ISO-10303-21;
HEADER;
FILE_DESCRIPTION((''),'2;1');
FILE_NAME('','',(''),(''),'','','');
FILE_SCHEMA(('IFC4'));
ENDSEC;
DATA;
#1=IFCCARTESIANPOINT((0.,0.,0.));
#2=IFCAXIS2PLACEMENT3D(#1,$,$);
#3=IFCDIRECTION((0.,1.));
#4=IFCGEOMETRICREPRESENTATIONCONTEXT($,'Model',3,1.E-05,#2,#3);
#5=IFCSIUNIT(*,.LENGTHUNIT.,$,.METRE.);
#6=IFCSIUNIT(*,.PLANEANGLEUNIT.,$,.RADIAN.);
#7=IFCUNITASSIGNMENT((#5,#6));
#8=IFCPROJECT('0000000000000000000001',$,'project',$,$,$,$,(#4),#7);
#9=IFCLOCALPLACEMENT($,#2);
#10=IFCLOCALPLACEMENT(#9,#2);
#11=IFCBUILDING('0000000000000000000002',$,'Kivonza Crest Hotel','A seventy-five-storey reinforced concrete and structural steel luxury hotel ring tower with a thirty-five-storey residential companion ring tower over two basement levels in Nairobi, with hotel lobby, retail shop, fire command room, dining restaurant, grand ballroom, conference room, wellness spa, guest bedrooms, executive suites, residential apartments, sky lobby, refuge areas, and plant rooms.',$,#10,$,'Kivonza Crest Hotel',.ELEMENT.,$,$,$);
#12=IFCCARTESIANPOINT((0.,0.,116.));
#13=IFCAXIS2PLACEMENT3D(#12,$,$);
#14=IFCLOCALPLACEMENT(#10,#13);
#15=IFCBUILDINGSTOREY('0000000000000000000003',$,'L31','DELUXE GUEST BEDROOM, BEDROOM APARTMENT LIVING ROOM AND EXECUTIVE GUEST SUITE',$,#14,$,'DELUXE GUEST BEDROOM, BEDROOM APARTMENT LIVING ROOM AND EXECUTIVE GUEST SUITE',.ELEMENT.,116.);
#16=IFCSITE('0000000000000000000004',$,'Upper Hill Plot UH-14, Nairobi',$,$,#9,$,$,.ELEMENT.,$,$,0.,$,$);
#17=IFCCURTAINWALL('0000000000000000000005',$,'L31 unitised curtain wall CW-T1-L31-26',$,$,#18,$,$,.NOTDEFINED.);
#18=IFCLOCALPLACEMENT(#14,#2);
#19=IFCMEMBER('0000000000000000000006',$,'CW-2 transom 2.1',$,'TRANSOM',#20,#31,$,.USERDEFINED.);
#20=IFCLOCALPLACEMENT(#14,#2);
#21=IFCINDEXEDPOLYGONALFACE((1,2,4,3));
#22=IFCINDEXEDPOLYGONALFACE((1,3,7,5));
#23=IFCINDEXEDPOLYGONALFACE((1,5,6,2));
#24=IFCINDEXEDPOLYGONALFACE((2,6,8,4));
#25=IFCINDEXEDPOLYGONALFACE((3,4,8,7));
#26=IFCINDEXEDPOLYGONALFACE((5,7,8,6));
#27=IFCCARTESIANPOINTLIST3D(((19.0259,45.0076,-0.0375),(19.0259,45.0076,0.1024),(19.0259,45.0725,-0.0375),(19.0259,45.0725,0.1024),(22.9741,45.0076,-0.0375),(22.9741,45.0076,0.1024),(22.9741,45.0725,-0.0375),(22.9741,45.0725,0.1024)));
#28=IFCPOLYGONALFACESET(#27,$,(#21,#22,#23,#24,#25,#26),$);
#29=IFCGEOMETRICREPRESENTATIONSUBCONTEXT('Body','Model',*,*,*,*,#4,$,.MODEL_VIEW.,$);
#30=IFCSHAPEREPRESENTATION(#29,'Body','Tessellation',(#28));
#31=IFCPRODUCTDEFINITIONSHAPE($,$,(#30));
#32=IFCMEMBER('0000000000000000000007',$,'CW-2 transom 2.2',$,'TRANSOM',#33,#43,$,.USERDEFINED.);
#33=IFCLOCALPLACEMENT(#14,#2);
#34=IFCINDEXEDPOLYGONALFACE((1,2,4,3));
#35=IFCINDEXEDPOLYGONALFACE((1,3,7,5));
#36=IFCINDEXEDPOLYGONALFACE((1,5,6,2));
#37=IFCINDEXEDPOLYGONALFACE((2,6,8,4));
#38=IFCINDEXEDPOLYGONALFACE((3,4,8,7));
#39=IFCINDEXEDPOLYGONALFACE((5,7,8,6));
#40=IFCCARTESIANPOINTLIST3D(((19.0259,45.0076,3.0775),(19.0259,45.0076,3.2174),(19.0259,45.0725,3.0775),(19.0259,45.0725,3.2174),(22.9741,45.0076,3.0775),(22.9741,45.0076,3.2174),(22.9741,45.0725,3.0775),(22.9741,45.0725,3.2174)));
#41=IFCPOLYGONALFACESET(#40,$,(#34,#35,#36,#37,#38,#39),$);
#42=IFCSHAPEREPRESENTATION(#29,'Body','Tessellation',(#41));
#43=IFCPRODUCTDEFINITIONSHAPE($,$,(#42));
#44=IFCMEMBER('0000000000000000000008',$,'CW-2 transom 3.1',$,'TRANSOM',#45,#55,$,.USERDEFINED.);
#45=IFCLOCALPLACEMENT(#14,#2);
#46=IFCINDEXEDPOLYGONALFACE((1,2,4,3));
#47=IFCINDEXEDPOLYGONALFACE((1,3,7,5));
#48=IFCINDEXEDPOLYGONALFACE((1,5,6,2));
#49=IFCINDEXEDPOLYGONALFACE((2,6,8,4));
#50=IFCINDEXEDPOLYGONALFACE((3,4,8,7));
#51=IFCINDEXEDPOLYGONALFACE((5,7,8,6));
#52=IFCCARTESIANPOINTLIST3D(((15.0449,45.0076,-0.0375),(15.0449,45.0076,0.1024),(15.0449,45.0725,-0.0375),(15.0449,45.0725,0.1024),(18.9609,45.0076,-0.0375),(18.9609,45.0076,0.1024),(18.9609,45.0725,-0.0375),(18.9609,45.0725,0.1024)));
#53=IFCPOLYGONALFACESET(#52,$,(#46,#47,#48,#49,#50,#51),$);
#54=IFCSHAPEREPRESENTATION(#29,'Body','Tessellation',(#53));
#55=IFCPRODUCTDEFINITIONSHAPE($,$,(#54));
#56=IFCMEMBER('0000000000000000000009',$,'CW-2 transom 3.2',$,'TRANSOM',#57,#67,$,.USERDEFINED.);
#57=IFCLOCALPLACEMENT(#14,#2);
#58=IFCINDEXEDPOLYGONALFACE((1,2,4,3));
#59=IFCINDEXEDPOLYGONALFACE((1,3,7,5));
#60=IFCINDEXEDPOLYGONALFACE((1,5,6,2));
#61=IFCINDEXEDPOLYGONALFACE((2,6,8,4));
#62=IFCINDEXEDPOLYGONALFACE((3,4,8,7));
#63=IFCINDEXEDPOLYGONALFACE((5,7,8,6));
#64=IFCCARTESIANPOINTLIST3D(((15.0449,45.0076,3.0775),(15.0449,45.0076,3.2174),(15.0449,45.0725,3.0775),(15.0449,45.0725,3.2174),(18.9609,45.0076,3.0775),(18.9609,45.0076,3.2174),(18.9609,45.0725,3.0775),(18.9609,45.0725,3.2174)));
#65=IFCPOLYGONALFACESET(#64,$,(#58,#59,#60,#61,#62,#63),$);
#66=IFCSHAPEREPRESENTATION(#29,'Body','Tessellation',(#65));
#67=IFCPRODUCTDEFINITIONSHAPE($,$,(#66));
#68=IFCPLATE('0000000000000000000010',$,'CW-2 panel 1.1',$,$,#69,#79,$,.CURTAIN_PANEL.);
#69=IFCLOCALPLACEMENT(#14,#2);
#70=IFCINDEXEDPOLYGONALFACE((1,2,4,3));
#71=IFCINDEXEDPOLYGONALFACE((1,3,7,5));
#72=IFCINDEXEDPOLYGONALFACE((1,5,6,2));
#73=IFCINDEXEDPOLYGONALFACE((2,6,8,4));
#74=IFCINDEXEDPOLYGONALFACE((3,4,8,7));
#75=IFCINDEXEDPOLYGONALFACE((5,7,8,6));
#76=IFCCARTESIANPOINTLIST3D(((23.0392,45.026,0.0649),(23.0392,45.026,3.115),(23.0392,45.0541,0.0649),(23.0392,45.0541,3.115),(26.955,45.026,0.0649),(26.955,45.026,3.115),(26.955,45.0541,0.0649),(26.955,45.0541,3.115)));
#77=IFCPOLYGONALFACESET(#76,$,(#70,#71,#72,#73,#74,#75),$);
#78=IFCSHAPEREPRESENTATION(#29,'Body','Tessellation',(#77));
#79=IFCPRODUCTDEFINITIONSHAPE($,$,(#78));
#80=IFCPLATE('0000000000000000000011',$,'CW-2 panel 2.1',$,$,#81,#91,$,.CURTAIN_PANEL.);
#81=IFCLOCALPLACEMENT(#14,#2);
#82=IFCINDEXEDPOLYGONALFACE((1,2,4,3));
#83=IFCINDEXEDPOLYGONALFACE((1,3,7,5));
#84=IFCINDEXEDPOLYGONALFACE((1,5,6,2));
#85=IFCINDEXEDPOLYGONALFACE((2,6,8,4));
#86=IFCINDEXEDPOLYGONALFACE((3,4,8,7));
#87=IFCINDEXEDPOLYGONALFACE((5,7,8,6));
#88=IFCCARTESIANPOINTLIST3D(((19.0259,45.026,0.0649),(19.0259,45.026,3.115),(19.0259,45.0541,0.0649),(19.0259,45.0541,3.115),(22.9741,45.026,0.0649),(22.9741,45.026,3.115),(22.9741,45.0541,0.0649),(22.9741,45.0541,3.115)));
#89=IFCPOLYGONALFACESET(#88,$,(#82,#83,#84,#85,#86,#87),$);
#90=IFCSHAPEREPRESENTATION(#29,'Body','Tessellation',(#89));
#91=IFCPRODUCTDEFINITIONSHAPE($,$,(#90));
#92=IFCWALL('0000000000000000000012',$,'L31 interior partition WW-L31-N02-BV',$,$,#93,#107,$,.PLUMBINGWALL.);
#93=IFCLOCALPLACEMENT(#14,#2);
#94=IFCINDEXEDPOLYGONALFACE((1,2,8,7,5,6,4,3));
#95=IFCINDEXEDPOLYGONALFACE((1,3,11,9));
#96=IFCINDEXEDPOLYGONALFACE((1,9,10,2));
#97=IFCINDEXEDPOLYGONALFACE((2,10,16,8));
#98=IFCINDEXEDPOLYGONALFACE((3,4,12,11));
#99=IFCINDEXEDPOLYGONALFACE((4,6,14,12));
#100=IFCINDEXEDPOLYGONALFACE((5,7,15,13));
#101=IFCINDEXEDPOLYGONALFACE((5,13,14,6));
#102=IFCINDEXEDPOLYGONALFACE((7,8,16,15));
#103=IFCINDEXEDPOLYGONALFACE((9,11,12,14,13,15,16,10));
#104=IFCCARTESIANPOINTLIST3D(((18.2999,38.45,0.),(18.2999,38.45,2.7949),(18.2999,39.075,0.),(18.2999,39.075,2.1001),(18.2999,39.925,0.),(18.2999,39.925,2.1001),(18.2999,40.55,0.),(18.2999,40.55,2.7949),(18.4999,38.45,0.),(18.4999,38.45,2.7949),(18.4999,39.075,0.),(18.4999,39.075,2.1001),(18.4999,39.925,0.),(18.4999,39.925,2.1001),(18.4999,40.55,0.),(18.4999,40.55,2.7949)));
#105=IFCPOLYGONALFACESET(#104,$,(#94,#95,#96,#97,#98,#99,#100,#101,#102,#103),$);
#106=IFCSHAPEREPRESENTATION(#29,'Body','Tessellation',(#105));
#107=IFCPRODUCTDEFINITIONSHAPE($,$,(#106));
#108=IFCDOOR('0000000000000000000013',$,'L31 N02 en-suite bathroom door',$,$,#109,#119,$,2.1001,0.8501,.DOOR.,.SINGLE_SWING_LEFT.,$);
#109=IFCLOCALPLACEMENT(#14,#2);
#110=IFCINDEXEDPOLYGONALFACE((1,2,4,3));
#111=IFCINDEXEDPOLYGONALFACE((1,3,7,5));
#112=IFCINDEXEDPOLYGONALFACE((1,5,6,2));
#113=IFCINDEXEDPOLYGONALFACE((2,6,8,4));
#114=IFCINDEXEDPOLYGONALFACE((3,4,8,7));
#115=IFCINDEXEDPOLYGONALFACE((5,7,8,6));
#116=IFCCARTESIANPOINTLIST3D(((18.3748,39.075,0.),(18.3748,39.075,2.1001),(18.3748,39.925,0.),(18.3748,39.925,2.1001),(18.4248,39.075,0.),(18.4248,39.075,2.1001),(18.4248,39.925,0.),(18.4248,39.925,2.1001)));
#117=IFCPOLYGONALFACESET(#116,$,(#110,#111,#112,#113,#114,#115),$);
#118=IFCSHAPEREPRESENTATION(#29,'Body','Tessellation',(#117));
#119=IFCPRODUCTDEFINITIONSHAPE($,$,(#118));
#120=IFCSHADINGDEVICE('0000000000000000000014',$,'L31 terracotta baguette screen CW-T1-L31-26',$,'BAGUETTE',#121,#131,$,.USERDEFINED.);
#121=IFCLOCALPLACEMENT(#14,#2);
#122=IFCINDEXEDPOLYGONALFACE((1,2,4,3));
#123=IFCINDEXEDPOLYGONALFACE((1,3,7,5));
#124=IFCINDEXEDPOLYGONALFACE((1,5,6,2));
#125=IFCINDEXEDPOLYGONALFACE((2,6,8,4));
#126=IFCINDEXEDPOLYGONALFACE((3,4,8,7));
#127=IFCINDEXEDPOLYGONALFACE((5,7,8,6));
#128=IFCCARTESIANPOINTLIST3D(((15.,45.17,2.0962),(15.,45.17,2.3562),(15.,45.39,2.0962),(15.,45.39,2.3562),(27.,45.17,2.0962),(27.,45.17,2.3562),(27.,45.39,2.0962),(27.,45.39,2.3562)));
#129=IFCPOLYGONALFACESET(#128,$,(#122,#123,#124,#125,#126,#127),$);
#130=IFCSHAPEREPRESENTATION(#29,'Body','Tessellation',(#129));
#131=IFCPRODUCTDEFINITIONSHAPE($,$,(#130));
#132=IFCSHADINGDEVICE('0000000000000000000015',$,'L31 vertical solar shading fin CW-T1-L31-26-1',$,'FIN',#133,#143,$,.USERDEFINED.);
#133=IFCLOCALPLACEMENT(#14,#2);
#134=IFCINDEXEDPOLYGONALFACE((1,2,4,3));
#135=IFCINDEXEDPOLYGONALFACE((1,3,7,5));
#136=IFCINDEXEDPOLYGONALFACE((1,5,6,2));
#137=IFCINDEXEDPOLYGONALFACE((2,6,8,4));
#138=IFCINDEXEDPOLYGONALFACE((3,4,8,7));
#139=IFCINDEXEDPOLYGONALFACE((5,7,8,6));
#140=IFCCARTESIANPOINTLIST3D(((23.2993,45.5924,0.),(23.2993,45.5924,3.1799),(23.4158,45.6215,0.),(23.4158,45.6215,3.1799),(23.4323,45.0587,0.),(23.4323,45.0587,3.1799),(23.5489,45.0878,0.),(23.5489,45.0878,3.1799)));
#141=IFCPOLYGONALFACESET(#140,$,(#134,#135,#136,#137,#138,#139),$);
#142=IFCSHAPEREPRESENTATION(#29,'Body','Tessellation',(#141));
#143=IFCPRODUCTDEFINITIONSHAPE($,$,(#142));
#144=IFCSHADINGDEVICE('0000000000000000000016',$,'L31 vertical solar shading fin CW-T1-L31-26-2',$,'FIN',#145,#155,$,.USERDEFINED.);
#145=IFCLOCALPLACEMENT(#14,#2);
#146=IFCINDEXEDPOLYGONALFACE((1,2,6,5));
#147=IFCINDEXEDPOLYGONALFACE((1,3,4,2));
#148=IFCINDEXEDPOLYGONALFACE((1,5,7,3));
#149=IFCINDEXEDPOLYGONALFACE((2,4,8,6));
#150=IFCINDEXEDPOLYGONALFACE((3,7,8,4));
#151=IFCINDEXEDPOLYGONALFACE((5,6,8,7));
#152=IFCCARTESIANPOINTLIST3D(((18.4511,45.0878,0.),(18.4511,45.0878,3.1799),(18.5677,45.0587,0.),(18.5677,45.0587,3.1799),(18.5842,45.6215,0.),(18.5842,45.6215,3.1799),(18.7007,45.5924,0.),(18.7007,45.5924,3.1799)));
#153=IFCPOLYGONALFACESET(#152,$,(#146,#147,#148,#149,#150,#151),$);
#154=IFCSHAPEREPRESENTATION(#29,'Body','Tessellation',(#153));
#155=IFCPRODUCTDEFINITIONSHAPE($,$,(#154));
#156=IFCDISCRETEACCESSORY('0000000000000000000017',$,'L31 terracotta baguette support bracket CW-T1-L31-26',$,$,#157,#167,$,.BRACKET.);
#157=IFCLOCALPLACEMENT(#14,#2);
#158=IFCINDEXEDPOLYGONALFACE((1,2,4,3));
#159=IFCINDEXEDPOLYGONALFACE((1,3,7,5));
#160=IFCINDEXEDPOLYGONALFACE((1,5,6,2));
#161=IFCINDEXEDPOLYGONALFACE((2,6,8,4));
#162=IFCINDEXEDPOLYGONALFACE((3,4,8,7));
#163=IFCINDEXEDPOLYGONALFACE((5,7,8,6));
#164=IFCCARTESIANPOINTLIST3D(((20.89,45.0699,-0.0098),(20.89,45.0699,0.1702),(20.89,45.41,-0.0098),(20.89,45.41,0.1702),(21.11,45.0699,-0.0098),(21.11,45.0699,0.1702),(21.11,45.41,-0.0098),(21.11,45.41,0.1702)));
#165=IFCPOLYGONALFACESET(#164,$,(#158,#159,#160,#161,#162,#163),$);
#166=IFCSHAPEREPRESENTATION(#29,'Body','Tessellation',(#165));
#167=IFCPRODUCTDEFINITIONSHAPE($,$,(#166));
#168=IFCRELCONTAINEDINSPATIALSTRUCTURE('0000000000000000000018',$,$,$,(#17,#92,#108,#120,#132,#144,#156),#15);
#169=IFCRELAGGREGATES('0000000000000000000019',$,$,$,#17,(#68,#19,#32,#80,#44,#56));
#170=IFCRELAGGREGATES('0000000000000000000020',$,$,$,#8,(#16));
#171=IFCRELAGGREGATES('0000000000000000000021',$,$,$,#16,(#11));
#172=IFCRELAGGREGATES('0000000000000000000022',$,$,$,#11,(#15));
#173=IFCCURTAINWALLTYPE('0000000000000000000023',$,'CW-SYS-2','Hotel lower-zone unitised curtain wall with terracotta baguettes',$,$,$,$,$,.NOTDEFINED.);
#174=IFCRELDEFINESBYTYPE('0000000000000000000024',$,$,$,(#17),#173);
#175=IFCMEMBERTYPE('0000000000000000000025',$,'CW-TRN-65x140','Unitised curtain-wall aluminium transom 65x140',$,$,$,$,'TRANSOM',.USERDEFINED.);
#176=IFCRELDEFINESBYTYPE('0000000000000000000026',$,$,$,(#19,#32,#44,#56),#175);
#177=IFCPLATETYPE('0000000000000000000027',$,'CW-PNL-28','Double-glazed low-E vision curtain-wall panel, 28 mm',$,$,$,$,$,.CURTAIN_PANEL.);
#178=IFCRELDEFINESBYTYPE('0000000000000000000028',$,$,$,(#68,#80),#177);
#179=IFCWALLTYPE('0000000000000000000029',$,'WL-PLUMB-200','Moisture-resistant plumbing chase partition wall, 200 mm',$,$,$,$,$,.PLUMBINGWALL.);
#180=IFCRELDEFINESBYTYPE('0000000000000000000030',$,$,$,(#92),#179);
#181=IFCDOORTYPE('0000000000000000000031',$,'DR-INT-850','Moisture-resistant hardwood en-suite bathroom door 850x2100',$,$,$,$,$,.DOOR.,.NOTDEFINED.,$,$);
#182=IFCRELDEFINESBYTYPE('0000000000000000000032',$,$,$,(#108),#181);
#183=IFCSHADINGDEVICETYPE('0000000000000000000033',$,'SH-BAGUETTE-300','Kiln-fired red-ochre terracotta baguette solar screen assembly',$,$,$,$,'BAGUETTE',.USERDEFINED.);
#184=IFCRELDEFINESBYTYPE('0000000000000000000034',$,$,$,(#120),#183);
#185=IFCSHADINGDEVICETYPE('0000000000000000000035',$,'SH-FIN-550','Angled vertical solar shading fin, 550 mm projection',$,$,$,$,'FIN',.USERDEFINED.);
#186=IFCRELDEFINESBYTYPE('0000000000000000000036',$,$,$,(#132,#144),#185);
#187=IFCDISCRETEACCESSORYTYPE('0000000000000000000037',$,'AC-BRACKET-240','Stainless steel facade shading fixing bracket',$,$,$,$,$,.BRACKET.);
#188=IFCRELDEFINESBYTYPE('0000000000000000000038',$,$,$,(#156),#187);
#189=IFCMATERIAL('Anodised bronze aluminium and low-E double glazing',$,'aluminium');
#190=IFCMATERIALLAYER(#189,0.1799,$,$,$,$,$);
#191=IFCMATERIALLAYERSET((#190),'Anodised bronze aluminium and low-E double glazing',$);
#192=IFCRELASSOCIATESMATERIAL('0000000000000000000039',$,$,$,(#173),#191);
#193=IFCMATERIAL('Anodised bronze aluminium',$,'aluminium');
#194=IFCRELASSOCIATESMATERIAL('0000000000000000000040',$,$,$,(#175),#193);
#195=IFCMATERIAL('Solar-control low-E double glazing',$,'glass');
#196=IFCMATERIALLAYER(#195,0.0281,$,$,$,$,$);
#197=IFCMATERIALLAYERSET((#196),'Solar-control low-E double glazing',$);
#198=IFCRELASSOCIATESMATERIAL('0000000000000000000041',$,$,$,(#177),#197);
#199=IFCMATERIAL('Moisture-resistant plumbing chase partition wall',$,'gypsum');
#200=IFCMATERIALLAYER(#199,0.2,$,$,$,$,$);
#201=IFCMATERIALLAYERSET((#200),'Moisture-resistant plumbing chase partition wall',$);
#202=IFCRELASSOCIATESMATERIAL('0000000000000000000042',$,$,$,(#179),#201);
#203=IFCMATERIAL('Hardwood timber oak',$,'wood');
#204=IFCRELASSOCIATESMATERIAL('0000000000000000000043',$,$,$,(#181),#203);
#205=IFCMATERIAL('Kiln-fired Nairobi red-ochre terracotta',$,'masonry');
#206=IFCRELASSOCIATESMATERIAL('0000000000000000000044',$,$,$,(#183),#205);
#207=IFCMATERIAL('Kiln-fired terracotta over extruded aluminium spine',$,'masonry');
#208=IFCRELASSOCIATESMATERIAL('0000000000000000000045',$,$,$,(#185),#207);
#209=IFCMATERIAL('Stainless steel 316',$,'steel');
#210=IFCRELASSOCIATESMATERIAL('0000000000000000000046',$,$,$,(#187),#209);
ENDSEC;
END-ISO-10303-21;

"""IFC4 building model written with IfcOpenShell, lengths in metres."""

from ifc_helpers import new_model, si_unit, direction, frame, frame_2d, origin, origin_2d, place, context, subcontext, project, spatial, rectangle, extrude, material, layer, layer_set, material_profile, profile_set, type_object, element, fill, aggregate, save


model = new_model("IFC4")

# Units and contexts
model_context = context("Model", 3, precision=1e-05, world=origin(), true_north=direction((0.0, 1.0)))
body_context = subcontext(model_context, "Body", "Model", "MODEL_VIEW")
ifc_project = project(units=[si_unit("LENGTHUNIT", "METRE"), si_unit("PLANEANGLEUNIT", "RADIAN")], contexts=[model_context])

# Site, building, storey
site_placement = place(None, origin())
site = spatial("IfcSite", under=ifc_project, at=site_placement, Name="Upper Hill Plot UH-14, Nairobi", CompositionType="ELEMENT", RefElevation=0.0)
building_placement = place(site_placement, origin())
building = spatial("IfcBuilding", under=site, at=building_placement, Name="Kivonza Crest Hotel", Description="A seventy-five-storey reinforced concrete and structural steel luxury hotel ring tower with a thirty-five-storey residential companion ring tower over two basement levels in Nairobi, with hotel lobby, retail shop, fire command room, dining restaurant, grand ballroom, conference room, wellness spa, guest bedrooms, executive suites, residential apartments, sky lobby, refuge areas, and plant rooms.", LongName="Kivonza Crest Hotel", CompositionType="ELEMENT")
storey_placement = place(building_placement, frame((0.0, 0.0, 116.0)))
storey = spatial("IfcBuildingStorey", under=building, at=storey_placement, Name="L31", Description="DELUXE GUEST BEDROOM, BEDROOM APARTMENT LIVING ROOM AND EXECUTIVE GUEST SUITE", LongName="DELUXE GUEST BEDROOM, BEDROOM APARTMENT LIVING ROOM AND EXECUTIVE GUEST SUITE", CompositionType="ELEMENT", Elevation=116.0)

# Curtain wall, members, plates
ifc_material_1 = material(Name="Anodised bronze aluminium and low-E double glazing", Category="aluminium")
ifc_layer_1 = layer(ifc_material_1, 0.1799)
ifc_layer_set_1 = layer_set([ifc_layer_1], Name="Anodised bronze aluminium and low-E double glazing")
curtain_wall_type = type_object("IfcCurtainWallType", Name="CW-SYS-2", Description="Hotel lower-zone unitised curtain wall with terracotta baguettes", PredefinedType="NOTDEFINED", material=ifc_layer_set_1)
curtain_wall_placement = place(storey_placement, origin())
curtain_wall = element("IfcCurtainWall", 1, at=curtain_wall_placement, inside=storey, type_object=curtain_wall_type, Name="L31 unitised curtain wall CW-T1-L31-26", PredefinedType="NOTDEFINED")
ifc_material_2 = material(Name="Anodised bronze aluminium", Category="aluminium")
ifc_material_profile_1 = material_profile(ifc_material_2, rectangle(XDim=0.0649, YDim=0.1399, at=origin_2d()), Name="CW-T 65x140")
ifc_profile_set_1 = profile_set([ifc_material_profile_1], Name="Anodised bronze aluminium")
member_type_1 = type_object("IfcMemberType", Name="CW-TRN-65x140", Description="Unitised curtain-wall aluminium transom 65x140", ElementType="TRANSOM", PredefinedType="USERDEFINED", material=ifc_profile_set_1)
member_1_placement = place(storey_placement, frame((22.9741, 45.04, 0.0325), z_axis=(-1.0, 0.0, 0.0), x_axis=(0.0, -1.0, 0.0)))
member_1 = element("IfcMember", 2, at=member_1_placement, type_object=member_type_1, Name="CW-2 transom 2.1", ObjectType="TRANSOM", PredefinedType="USERDEFINED", context=body_context, shape_type="SweptSolid", body=[
    extrude(rectangle(XDim=0.0649, YDim=0.1399, at=origin_2d()), origin(), (0.0, 0.0, 1.0), 3.9482),
])
member_2_placement = place(storey_placement, frame((22.9741, 45.04, 3.1475), z_axis=(-1.0, 0.0, 0.0), x_axis=(0.0, -1.0, 0.0)))
member_2 = element("IfcMember", 3, at=member_2_placement, type_object=member_type_1, Name="CW-2 transom 2.2", ObjectType="TRANSOM", PredefinedType="USERDEFINED", context=body_context, shape_type="SweptSolid", body=[
    extrude(rectangle(XDim=0.0649, YDim=0.1399, at=origin_2d()), origin(), (0.0, 0.0, 1.0), 3.9482),
])
member_3_placement = place(storey_placement, frame((18.9609, 45.04, 0.0325), z_axis=(-1.0, 0.0, 0.0), x_axis=(0.0, -1.0, 0.0)))
member_3 = element("IfcMember", 4, at=member_3_placement, type_object=member_type_1, Name="CW-2 transom 3.1", ObjectType="TRANSOM", PredefinedType="USERDEFINED", context=body_context, shape_type="SweptSolid", body=[
    extrude(rectangle(XDim=0.0649, YDim=0.1399, at=origin_2d()), origin(), (0.0, 0.0, 1.0), 3.916),
])
member_4_placement = place(storey_placement, frame((18.9609, 45.04, 3.1475), z_axis=(-1.0, 0.0, 0.0), x_axis=(0.0, -1.0, 0.0)))
member_4 = element("IfcMember", 5, at=member_4_placement, type_object=member_type_1, Name="CW-2 transom 3.2", ObjectType="TRANSOM", PredefinedType="USERDEFINED", context=body_context, shape_type="SweptSolid", body=[
    extrude(rectangle(XDim=0.0649, YDim=0.1399, at=origin_2d()), origin(), (0.0, 0.0, 1.0), 3.916),
])
ifc_material_3 = material(Name="Solar-control low-E double glazing", Category="glass")
ifc_layer_2 = layer(ifc_material_3, 0.0281)
ifc_layer_set_2 = layer_set([ifc_layer_2], Name="Solar-control low-E double glazing")
plate_type = type_object("IfcPlateType", Name="CW-PNL-28", Description="Double-glazed low-E vision curtain-wall panel, 28 mm", PredefinedType="CURTAIN_PANEL", material=ifc_layer_set_2)
plate_1_placement = place(storey_placement, frame((24.9971, 45.04, 0.0649), z_axis=(0.0, 0.0, 1.0), x_axis=(-1.0, 0.0, 0.0)))
plate_1 = element("IfcPlate", 6, at=plate_1_placement, type_object=plate_type, Name="CW-2 panel 1.1", PredefinedType="CURTAIN_PANEL", context=body_context, shape_type="SweptSolid", body=[
    extrude(rectangle(XDim=3.9158, YDim=0.0281, at=origin_2d()), origin(), (0.0, 0.0, 1.0), 3.05),
])
plate_2_placement = place(storey_placement, frame((21.0, 45.04, 0.0649), z_axis=(0.0, 0.0, 1.0), x_axis=(-1.0, 0.0, 0.0)))
plate_2 = element("IfcPlate", 7, at=plate_2_placement, type_object=plate_type, Name="CW-2 panel 2.1", PredefinedType="CURTAIN_PANEL", context=body_context, shape_type="SweptSolid", body=[
    extrude(rectangle(XDim=3.9482, YDim=0.0281, at=origin_2d()), origin(), (0.0, 0.0, 1.0), 3.05),
])
aggregate(curtain_wall, [plate_1, member_1, member_2, plate_2, member_3, member_4])

# Wall, opening, door
ifc_material_4 = material(Name="Moisture-resistant plumbing chase partition wall", Category="gypsum")
ifc_layer_3 = layer(ifc_material_4, 0.2)
ifc_layer_set_3 = layer_set([ifc_layer_3], Name="Moisture-resistant plumbing chase partition wall")
wall_type = type_object("IfcWallType", Name="WL-PLUMB-200", Description="Moisture-resistant plumbing chase partition wall, 200 mm", PredefinedType="PLUMBINGWALL", material=ifc_layer_set_3)
wall_placement = place(storey_placement, frame((18.3999, 38.45, 0.0), z_axis=(0.0, 0.0, 1.0), x_axis=(0.0, 1.0, 0.0)))
wall = element("IfcWall", 8, at=wall_placement, inside=storey, type_object=wall_type, Name="L31 interior partition WW-L31-N02-BV", PredefinedType="PLUMBINGWALL", context=body_context, shape_type="SweptSolid", body=[
    extrude(rectangle(XDim=2.1001, YDim=0.2, at=frame_2d((1.05, 0.0))), origin(), (0.0, 0.0, 1.0), 2.7949),
])
opening_placement = place(wall_placement, frame((0.625, 0.0, 0.0)))
opening = element("IfcOpeningElement", 9, at=opening_placement, cuts=wall, PredefinedType="OPENING", context=body_context, shape_type="SweptSolid", body=[
    extrude(rectangle(XDim=0.8501, YDim=2.1001, at=frame_2d((0.425, 1.05))), frame((0.0, 0.1099, 0.0), z_axis=(0.0, -1.0, 0.0), x_axis=(1.0, 0.0, 0.0)), (0.0, 0.0, 1.0), 0.22),
])
ifc_material_5 = material(Name="Hardwood timber oak", Category="wood")
door_type = type_object("IfcDoorType", Name="DR-INT-850", Description="Moisture-resistant hardwood en-suite bathroom door 850x2100", OperationType="NOTDEFINED", PredefinedType="DOOR", material=ifc_material_5)
door_placement = place(opening_placement, frame((0.8501, 0.0, 0.0), z_axis=(0.0, 0.0, 1.0), x_axis=(-1.0, 0.0, 0.0)))
door = element("IfcDoor", 10, at=door_placement, inside=storey, type_object=door_type, Name="L31 N02 en-suite bathroom door", OperationType="SINGLE_SWING_LEFT", OverallHeight=2.1001, OverallWidth=0.8501, PredefinedType="DOOR", context=body_context, shape_type="SweptSolid", body=[
    extrude(rectangle(XDim=0.8501, YDim=2.1001, at=frame_2d((0.425, 1.05))), frame((0.0, 0.0249, 0.0), z_axis=(0.0, -1.0, 0.0), x_axis=(1.0, 0.0, 0.0)), (0.0, 0.0, 1.0), 0.05),
])
fill(opening, door)

# Shading devices
ifc_material_6 = material(Name="Kiln-fired Nairobi red-ochre terracotta", Category="masonry")
shading_device_type_1 = type_object("IfcShadingDeviceType", Name="SH-BAGUETTE-300", Description="Kiln-fired red-ochre terracotta baguette solar screen assembly", ElementType="BAGUETTE", PredefinedType="USERDEFINED", material=ifc_material_6)
shading_device_placement = place(storey_placement, frame((21.0, 45.28, 2.0962), z_axis=(0.0, 0.0, 1.0), x_axis=(-1.0, 0.0, 0.0)))
element("IfcShadingDevice", 11, at=shading_device_placement, inside=storey, type_object=shading_device_type_1, Name="L31 terracotta baguette screen CW-T1-L31-26", ObjectType="BAGUETTE", PredefinedType="USERDEFINED", context=body_context, shape_type="SweptSolid", body=[
    extrude(rectangle(XDim=12.0, YDim=0.22, at=origin_2d()), origin(), (0.0, 0.0, 1.0), 0.26),
])
ifc_material_7 = material(Name="Kiln-fired terracotta over extruded aluminium spine", Category="masonry")
shading_device_type_2 = type_object("IfcShadingDeviceType", Name="SH-FIN-550", Description="Angled vertical solar shading fin, 550 mm projection", ElementType="FIN", PredefinedType="USERDEFINED", material=ifc_material_7)
for number, where, z_axis, x_axis, name in (
    (12, (23.4241, 45.3401, 0.0), (0.0, 0.0, 1.0), (-0.970296, -0.241922, 0.0), "L31 vertical solar shading fin CW-T1-L31-26-1"),
    (13, (18.5759, 45.3401, 0.0), (0.0, 0.0, 1.0), (-0.970296, 0.241922, 0.0), "L31 vertical solar shading fin CW-T1-L31-26-2"),
):
    element("IfcShadingDevice", number, at=place(storey_placement, frame(where, z_axis=z_axis, x_axis=x_axis)), inside=storey, type_object=shading_device_type_2, Name=name, ObjectType="FIN", PredefinedType="USERDEFINED", context=body_context, shape_type="SweptSolid", body=[
        extrude(rectangle(XDim=0.1201, YDim=0.55, at=origin_2d()), origin(), (0.0, 0.0, 1.0), 3.1799),
    ])

# Discrete accessory
ifc_material_8 = material(Name="Stainless steel 316", Category="steel")
discrete_accessory_type = type_object("IfcDiscreteAccessoryType", Name="AC-BRACKET-240", Description="Stainless steel facade shading fixing bracket", PredefinedType="BRACKET", material=ifc_material_8)
discrete_accessory_placement = place(storey_placement, frame((21.0, 45.24, -0.0098), z_axis=(0.0, 0.0, 1.0), x_axis=(-1.0, 0.0, 0.0)))
element("IfcDiscreteAccessory", 14, at=discrete_accessory_placement, inside=storey, type_object=discrete_accessory_type, Name="L31 terracotta baguette support bracket CW-T1-L31-26", PredefinedType="BRACKET", context=body_context, shape_type="SweptSolid", body=[
    extrude(rectangle(XDim=0.22, YDim=0.3401, at=origin_2d()), origin(), (0.0, 0.0, 1.0), 0.1799),
])

save(model, "model.ifc")
